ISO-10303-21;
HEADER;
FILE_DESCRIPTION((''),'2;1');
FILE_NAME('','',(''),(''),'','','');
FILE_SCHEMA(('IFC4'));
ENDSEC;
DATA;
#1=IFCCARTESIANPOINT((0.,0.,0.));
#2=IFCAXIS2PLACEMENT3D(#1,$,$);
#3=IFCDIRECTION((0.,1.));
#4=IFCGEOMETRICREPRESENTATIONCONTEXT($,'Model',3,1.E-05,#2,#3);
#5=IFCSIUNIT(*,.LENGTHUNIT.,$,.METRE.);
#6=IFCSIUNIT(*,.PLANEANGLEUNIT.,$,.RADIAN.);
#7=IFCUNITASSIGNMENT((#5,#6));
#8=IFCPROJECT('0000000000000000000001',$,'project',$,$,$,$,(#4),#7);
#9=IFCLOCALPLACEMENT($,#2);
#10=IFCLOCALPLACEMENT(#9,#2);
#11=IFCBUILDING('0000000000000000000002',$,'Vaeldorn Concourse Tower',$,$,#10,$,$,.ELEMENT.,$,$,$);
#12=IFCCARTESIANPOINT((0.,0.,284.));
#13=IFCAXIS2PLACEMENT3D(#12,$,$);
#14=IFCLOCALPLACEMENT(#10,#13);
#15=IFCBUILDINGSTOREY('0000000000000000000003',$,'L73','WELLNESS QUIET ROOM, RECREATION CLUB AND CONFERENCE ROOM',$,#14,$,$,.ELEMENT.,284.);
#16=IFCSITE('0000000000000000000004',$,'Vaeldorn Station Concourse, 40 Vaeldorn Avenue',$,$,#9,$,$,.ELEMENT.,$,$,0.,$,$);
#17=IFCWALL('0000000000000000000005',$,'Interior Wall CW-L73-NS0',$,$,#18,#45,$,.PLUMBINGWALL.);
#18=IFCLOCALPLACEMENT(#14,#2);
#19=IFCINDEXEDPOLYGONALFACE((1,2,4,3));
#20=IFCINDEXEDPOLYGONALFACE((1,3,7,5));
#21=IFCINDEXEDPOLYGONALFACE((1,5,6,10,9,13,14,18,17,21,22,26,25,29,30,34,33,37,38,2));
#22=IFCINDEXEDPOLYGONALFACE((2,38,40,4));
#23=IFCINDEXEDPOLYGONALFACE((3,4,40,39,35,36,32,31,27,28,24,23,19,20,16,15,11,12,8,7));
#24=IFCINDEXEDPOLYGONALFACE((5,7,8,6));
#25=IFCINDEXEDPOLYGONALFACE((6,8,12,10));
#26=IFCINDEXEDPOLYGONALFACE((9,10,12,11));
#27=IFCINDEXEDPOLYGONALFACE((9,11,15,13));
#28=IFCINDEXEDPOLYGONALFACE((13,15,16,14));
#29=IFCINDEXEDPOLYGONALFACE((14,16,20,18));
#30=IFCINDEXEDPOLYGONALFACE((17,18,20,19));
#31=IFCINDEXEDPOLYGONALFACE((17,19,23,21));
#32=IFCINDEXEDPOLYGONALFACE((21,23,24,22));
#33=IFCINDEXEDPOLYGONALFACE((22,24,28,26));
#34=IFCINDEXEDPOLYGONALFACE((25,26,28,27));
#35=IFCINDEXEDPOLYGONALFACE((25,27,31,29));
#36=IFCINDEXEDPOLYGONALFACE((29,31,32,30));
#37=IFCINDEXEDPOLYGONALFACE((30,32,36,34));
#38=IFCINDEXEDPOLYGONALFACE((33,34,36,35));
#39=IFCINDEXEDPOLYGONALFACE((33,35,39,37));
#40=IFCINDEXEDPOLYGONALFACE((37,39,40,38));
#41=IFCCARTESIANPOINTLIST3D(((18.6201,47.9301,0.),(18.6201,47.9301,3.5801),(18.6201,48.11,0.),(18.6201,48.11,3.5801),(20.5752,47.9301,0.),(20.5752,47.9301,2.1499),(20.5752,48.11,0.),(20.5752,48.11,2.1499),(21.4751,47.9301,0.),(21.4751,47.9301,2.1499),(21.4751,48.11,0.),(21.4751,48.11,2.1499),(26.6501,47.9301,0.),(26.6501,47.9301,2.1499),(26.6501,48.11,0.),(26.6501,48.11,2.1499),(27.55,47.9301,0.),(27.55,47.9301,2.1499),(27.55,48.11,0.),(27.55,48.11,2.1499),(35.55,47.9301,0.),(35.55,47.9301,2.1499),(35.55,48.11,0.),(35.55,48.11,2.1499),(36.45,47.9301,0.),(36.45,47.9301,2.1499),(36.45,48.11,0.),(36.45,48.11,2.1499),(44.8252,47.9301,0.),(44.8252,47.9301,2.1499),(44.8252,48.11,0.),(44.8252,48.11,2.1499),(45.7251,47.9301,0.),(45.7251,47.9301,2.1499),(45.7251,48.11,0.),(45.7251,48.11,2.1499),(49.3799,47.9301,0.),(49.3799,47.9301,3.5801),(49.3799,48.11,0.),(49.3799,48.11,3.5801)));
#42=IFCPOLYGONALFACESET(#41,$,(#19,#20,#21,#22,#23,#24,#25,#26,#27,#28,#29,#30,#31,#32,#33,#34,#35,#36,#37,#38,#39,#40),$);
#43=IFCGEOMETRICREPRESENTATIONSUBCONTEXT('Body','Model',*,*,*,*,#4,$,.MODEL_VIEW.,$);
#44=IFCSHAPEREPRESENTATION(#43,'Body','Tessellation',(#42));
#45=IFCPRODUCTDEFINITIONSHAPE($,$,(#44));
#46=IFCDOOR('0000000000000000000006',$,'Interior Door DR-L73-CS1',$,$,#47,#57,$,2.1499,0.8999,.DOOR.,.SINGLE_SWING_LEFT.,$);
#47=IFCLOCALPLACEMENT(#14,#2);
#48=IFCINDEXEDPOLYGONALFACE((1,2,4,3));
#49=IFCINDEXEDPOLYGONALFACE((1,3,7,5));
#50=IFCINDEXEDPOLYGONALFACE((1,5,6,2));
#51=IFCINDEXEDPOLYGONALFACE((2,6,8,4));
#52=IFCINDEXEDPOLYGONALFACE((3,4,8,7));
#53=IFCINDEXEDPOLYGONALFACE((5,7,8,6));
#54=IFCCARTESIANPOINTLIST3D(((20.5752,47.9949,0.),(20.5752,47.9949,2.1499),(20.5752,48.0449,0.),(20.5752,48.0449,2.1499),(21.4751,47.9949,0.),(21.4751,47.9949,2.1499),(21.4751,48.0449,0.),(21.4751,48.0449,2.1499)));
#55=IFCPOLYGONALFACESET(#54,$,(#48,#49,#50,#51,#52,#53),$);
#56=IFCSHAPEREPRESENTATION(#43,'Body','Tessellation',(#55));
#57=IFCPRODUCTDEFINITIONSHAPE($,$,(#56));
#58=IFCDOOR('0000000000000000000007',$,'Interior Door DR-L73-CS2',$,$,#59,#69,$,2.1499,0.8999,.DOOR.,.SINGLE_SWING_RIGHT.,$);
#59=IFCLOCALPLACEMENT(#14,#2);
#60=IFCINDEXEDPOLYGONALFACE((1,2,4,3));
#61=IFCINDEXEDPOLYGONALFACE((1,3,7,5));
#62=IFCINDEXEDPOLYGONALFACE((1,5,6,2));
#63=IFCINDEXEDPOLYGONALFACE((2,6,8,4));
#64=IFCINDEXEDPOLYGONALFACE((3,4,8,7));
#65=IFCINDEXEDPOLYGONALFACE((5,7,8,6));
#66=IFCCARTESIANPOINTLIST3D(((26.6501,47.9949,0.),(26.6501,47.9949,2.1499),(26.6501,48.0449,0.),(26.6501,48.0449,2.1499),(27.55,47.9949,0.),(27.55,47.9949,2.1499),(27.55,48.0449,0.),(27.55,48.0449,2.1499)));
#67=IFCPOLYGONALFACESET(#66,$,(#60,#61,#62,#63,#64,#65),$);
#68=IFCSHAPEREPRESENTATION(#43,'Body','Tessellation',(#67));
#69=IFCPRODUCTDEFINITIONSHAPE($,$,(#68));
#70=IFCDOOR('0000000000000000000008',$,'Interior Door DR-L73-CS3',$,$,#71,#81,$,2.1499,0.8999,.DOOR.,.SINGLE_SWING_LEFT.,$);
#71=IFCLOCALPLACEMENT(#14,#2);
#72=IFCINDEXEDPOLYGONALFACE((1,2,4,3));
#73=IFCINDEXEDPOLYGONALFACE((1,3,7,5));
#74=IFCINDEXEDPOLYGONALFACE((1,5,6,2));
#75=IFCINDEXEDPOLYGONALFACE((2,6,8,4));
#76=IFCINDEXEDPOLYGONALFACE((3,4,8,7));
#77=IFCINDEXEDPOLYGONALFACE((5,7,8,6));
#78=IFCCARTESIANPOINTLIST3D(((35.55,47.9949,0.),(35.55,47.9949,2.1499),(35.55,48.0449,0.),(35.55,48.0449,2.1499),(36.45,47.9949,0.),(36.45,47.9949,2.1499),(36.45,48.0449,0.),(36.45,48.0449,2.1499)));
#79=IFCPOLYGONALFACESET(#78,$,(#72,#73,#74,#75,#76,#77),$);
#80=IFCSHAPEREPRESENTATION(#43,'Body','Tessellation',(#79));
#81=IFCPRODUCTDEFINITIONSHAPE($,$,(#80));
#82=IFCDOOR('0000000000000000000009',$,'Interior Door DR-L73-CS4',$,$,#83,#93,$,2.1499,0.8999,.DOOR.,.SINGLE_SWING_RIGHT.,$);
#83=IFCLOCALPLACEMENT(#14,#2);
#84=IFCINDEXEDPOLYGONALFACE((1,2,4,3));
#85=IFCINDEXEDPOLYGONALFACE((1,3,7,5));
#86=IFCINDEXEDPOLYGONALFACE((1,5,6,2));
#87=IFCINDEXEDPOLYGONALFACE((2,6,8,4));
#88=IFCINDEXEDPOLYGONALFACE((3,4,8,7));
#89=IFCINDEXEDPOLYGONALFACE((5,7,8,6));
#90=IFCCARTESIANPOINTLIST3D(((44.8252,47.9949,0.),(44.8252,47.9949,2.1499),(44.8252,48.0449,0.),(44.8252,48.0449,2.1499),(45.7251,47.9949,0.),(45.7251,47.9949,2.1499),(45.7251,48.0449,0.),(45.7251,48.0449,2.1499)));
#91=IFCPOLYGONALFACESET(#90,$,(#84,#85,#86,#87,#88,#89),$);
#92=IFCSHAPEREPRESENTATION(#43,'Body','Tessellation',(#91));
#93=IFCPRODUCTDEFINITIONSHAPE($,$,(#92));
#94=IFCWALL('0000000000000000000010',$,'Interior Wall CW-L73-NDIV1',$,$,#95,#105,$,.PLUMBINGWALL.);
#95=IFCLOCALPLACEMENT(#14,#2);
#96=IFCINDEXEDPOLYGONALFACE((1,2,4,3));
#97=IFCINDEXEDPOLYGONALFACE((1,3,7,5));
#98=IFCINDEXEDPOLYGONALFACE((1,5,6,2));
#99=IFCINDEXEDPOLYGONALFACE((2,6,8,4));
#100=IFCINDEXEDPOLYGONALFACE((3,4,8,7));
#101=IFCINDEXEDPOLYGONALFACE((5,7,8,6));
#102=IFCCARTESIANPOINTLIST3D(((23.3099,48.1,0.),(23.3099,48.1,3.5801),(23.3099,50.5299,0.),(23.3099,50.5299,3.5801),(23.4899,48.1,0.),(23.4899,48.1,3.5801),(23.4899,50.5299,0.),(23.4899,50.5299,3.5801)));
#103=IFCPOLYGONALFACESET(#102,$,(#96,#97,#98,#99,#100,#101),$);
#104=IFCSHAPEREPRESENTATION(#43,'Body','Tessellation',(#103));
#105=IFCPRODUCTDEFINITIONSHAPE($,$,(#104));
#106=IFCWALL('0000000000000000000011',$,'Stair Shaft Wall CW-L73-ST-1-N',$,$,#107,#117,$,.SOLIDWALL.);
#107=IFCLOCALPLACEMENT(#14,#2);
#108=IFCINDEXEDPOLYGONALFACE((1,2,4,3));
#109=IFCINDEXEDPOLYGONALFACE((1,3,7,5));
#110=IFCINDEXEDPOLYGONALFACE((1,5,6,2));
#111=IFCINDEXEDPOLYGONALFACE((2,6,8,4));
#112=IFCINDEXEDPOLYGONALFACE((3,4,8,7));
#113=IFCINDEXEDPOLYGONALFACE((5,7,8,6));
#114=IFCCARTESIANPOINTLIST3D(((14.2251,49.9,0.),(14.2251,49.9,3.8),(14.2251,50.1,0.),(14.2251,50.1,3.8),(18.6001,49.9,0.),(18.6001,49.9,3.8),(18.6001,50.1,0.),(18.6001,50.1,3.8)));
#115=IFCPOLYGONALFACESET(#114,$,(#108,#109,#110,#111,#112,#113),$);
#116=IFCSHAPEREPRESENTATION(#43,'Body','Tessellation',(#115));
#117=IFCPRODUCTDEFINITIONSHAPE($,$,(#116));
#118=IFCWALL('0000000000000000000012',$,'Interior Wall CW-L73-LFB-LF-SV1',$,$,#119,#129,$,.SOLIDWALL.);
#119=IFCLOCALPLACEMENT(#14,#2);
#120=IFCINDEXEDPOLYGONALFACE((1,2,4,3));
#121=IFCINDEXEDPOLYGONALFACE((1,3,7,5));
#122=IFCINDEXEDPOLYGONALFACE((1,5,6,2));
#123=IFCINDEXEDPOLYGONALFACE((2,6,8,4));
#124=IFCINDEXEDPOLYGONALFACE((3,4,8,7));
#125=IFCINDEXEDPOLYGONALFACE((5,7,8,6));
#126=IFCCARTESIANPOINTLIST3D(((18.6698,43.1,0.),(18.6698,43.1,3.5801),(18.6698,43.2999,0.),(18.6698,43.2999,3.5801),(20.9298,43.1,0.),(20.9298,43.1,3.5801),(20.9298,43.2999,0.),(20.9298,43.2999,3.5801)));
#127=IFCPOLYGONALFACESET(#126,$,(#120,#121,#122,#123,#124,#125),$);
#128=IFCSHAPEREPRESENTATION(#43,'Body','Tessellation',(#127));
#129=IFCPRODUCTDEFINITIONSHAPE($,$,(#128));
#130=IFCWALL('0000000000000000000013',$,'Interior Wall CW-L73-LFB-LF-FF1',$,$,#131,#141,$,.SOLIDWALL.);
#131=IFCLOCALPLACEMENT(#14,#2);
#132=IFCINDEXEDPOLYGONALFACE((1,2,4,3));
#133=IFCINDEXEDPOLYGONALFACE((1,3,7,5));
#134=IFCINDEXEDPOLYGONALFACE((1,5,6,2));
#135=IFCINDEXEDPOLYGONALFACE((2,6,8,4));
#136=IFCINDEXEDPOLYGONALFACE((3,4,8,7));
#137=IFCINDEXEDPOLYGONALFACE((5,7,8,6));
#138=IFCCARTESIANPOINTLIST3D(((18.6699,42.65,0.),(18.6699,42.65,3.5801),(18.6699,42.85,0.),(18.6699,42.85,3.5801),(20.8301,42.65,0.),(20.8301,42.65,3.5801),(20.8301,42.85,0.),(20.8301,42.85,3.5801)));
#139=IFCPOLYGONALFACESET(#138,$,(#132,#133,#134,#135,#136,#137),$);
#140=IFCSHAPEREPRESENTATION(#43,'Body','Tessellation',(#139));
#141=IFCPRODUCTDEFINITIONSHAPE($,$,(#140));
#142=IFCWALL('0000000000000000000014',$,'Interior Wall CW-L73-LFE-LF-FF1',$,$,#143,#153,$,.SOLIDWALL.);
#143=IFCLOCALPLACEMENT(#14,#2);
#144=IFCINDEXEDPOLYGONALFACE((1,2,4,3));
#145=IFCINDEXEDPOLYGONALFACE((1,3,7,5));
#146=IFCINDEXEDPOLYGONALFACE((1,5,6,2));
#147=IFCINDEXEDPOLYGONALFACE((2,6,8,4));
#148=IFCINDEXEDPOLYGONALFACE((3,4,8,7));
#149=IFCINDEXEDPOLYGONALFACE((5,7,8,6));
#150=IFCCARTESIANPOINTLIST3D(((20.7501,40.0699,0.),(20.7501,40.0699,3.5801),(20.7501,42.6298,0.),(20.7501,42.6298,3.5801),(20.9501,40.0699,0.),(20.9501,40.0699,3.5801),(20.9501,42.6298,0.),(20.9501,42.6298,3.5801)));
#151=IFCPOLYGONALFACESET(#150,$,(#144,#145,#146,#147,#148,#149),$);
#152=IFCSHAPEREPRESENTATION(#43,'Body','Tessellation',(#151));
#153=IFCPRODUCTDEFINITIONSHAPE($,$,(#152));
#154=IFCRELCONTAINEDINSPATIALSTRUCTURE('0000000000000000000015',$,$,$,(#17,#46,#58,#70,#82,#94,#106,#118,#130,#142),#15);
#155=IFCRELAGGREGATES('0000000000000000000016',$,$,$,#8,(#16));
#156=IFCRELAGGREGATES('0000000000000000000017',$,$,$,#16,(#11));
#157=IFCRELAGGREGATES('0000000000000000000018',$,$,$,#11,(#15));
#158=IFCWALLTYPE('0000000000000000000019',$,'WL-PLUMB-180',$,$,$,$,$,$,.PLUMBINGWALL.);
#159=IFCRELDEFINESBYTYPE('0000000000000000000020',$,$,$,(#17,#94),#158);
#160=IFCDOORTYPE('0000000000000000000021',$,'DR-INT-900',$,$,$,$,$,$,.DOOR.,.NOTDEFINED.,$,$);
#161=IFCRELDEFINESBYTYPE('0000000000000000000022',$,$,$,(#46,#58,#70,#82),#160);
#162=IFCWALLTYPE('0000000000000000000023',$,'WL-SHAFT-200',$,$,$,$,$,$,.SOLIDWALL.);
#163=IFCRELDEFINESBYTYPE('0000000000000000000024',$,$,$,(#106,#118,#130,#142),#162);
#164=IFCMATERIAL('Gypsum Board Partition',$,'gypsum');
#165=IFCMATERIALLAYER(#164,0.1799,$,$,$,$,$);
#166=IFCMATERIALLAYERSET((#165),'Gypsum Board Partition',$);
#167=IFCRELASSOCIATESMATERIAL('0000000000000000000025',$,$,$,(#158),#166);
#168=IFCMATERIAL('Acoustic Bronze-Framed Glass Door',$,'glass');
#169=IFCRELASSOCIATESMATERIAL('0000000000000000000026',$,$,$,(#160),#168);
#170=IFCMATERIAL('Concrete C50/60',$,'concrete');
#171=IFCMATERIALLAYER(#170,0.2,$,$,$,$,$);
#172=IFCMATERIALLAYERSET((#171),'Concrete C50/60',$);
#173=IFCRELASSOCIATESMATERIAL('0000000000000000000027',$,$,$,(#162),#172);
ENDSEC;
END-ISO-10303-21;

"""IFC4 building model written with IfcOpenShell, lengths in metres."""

from ifc_helpers import new_model, si_unit, direction, frame, frame_2d, origin, place, context, subcontext, project, spatial, rectangle, extrude, source, transform, mapped, material, layer, layer_set, type_object, element, fill, save


model = new_model("IFC4")

# Units and contexts
model_context = context("Model", 3, precision=1e-05, world=origin(), true_north=direction((0.0, 1.0)))
body_context = subcontext(model_context, "Body", "Model", "MODEL_VIEW")
ifc_project = project(units=[si_unit("LENGTHUNIT", "METRE"), si_unit("PLANEANGLEUNIT", "RADIAN")], contexts=[model_context])

# Site, building, storey
site_placement = place(None, origin())
site = spatial("IfcSite", under=ifc_project, at=site_placement, Name="Vaeldorn Station Concourse, 40 Vaeldorn Avenue", CompositionType="ELEMENT", RefElevation=0.0)
building_placement = place(site_placement, origin())
building = spatial("IfcBuilding", under=site, at=building_placement, Name="Vaeldorn Concourse Tower", CompositionType="ELEMENT")
storey_placement = place(building_placement, frame((0.0, 0.0, 284.0)))
storey = spatial("IfcBuildingStorey", under=building, at=storey_placement, Name="L73", Description="WELLNESS QUIET ROOM, RECREATION CLUB AND CONFERENCE ROOM", CompositionType="ELEMENT", Elevation=284.0)

# Shared definitions
ifc_material_1 = material(Name="Concrete C50/60", Category="concrete")
ifc_material_2 = material(Name="Gypsum Board Partition", Category="gypsum")

# Wall, openings, doors
ifc_layer_1 = layer(ifc_material_2, 0.1799)
ifc_layer_set_1 = layer_set([ifc_layer_1], Name="Gypsum Board Partition")
wall_type_1 = type_object("IfcWallType", Name="WL-PLUMB-180", PredefinedType="PLUMBINGWALL", material=ifc_layer_set_1)
wall_1_placement = place(storey_placement, frame((18.6201, 48.02, 0.0), z_axis=(0.0, 0.0, 1.0), x_axis=(1.0, 0.0, 0.0)))
wall_1 = element("IfcWall", 1, at=wall_1_placement, inside=storey, type_object=wall_type_1, Name="Interior Wall CW-L73-NS0", PredefinedType="PLUMBINGWALL", context=body_context, shape_type="SweptSolid", body=[
    extrude(rectangle(XDim=30.7598, YDim=0.1799, at=frame_2d((15.3799, 0.0))), origin(), (0.0, 0.0, 1.0), 3.5801),
])
opening_1_placement = place(wall_1_placement, frame((1.9551, 0.0, 0.0)))
opening_1 = element("IfcOpeningElement", 2, at=opening_1_placement, cuts=wall_1, PredefinedType="OPENING", context=body_context, shape_type="SweptSolid", body=[
    extrude(rectangle(XDim=0.8999, YDim=2.1499, at=frame_2d((0.45, 1.075))), frame((0.0, 0.1001, 0.0), z_axis=(0.0, -1.0, 0.0), x_axis=(1.0, 0.0, 0.0)), (0.0, 0.0, 1.0), 0.2),
])
opening_2_placement = place(wall_1_placement, frame((8.03, 0.0, 0.0)))
opening_2 = element("IfcOpeningElement", 3, at=opening_2_placement, cuts=wall_1, PredefinedType="OPENING", context=body_context, shape_type="SweptSolid", body=[
    extrude(rectangle(XDim=0.8999, YDim=2.1499, at=frame_2d((0.45, 1.075))), frame((0.0, 0.1001, 0.0), z_axis=(0.0, -1.0, 0.0), x_axis=(1.0, 0.0, 0.0)), (0.0, 0.0, 1.0), 0.2),
])
opening_3_placement = place(wall_1_placement, frame((16.9299, 0.0, 0.0)))
opening_3 = element("IfcOpeningElement", 4, at=opening_3_placement, cuts=wall_1, PredefinedType="OPENING", context=body_context, shape_type="SweptSolid", body=[
    extrude(rectangle(XDim=0.8999, YDim=2.1499, at=frame_2d((0.45, 1.075))), frame((0.0, 0.1001, 0.0), z_axis=(0.0, -1.0, 0.0), x_axis=(1.0, 0.0, 0.0)), (0.0, 0.0, 1.0), 0.2),
])
opening_4_placement = place(wall_1_placement, frame((26.2051, 0.0, 0.0)))
opening_4 = element("IfcOpeningElement", 5, at=opening_4_placement, cuts=wall_1, PredefinedType="OPENING", context=body_context, shape_type="SweptSolid", body=[
    extrude(rectangle(XDim=0.8999, YDim=2.1499, at=frame_2d((0.45, 1.075))), frame((0.0, 0.1001, 0.0), z_axis=(0.0, -1.0, 0.0), x_axis=(1.0, 0.0, 0.0)), (0.0, 0.0, 1.0), 0.2),
])
ifc_material_3 = material(Name="Acoustic Bronze-Framed Glass Door", Category="glass")
door_type_1 = type_object("IfcDoorType", Name="DR-INT-900", OperationType="NOTDEFINED", PredefinedType="DOOR", material=ifc_material_3)
shared_shape_1 = source(origin(), body_context, "Body", "SweptSolid", [
    extrude(rectangle(XDim=0.8999, YDim=2.1499, at=frame_2d((0.45, 1.075))), frame((0.0, 0.0249, 0.0), z_axis=(0.0, -1.0, 0.0), x_axis=(1.0, 0.0, 0.0)), (0.0, 0.0, 1.0), 0.05),
])
door_1_placement = place(opening_1_placement, origin())
door_1 = element("IfcDoor", 6, at=door_1_placement, inside=storey, type_object=door_type_1, Name="Interior Door DR-L73-CS1", OperationType="SINGLE_SWING_LEFT", OverallHeight=2.1499, OverallWidth=0.8999, PredefinedType="DOOR", context=body_context, shape_type="MappedRepresentation", body=[
    mapped(shared_shape_1, transform((0.0, 0.0, 0.0), scale=1.0)),
])
fill(opening_1, door_1)
door_2_placement = place(opening_2_placement, origin())
door_2 = element("IfcDoor", 7, at=door_2_placement, inside=storey, type_object=door_type_1, Name="Interior Door DR-L73-CS2", OperationType="SINGLE_SWING_RIGHT", OverallHeight=2.1499, OverallWidth=0.8999, PredefinedType="DOOR", context=body_context, shape_type="MappedRepresentation", body=[
    mapped(shared_shape_1, transform((0.0, 0.0, 0.0), scale=1.0)),
])
fill(opening_2, door_2)
door_3_placement = place(opening_3_placement, origin())
door_3 = element("IfcDoor", 8, at=door_3_placement, inside=storey, type_object=door_type_1, Name="Interior Door DR-L73-CS3", OperationType="SINGLE_SWING_LEFT", OverallHeight=2.1499, OverallWidth=0.8999, PredefinedType="DOOR", context=body_context, shape_type="MappedRepresentation", body=[
    mapped(shared_shape_1, transform((0.0, 0.0, 0.0), scale=1.0)),
])
fill(opening_3, door_3)
door_4_placement = place(opening_4_placement, origin())
door_4 = element("IfcDoor", 9, at=door_4_placement, inside=storey, type_object=door_type_1, Name="Interior Door DR-L73-CS4", OperationType="SINGLE_SWING_RIGHT", OverallHeight=2.1499, OverallWidth=0.8999, PredefinedType="DOOR", context=body_context, shape_type="MappedRepresentation", body=[
    mapped(shared_shape_1, transform((0.0, 0.0, 0.0), scale=1.0)),
])
fill(opening_4, door_4)

# Walls
wall_2_placement = place(storey_placement, frame((23.3999, 48.1001, 0.0), z_axis=(0.0, 0.0, 1.0), x_axis=(0.0, 1.0, 0.0)))
element("IfcWall", 10, at=wall_2_placement, inside=storey, type_object=wall_type_1, Name="Interior Wall CW-L73-NDIV1", PredefinedType="PLUMBINGWALL", context=body_context, shape_type="SweptSolid", body=[
    extrude(rectangle(XDim=2.4299, YDim=0.1799, at=frame_2d((1.2148, 0.0))), origin(), (0.0, 0.0, 1.0), 3.5801),
])
ifc_layer_2 = layer(ifc_material_1, 0.2)
ifc_layer_set_2 = layer_set([ifc_layer_2], Name="Concrete C50/60")
wall_type_2 = type_object("IfcWallType", Name="WL-SHAFT-200", PredefinedType="SOLIDWALL", material=ifc_layer_set_2)
wall_3_placement = place(storey_placement, frame((14.2251, 50.0, 0.0), z_axis=(0.0, 0.0, 1.0), x_axis=(1.0, 0.0, 0.0)))
element("IfcWall", 11, at=wall_3_placement, inside=storey, type_object=wall_type_2, Name="Stair Shaft Wall CW-L73-ST-1-N", PredefinedType="SOLIDWALL", context=body_context, shape_type="SweptSolid", body=[
    extrude(rectangle(XDim=4.375, YDim=0.2, at=frame_2d((2.1875, 0.0))), origin(), (0.0, 0.0, 1.0), 3.8),
])

# Walls
wall_4_placement = place(storey_placement, frame((18.6699, 43.2, 0.0), z_axis=(0.0, 0.0, 1.0), x_axis=(1.0, 0.0, 0.0)))
element("IfcWall", 12, at=wall_4_placement, inside=storey, type_object=wall_type_2, Name="Interior Wall CW-L73-LFB-LF-SV1", PredefinedType="SOLIDWALL", context=body_context, shape_type="SweptSolid", body=[
    extrude(rectangle(XDim=2.26, YDim=0.2, at=frame_2d((1.1299, 0.0))), origin(), (0.0, 0.0, 1.0), 3.5801),
])
wall_5_placement = place(storey_placement, frame((18.6699, 42.75, 0.0), z_axis=(0.0, 0.0, 1.0), x_axis=(1.0, 0.0, 0.0)))
element("IfcWall", 13, at=wall_5_placement, inside=storey, type_object=wall_type_2, Name="Interior Wall CW-L73-LFB-LF-FF1", PredefinedType="SOLIDWALL", context=body_context, shape_type="SweptSolid", body=[
    extrude(rectangle(XDim=2.1602, YDim=0.2, at=frame_2d((1.0801, 0.0))), origin(), (0.0, 0.0, 1.0), 3.5801),
])
wall_6_placement = place(storey_placement, frame((20.8501, 40.0701, 0.0), z_axis=(0.0, 0.0, 1.0), x_axis=(0.0, 1.0, 0.0)))
element("IfcWall", 14, at=wall_6_placement, inside=storey, type_object=wall_type_2, Name="Interior Wall CW-L73-LFE-LF-FF1", PredefinedType="SOLIDWALL", context=body_context, shape_type="SweptSolid", body=[
    extrude(rectangle(XDim=2.5598, YDim=0.2, at=frame_2d((1.2798, 0.0))), origin(), (0.0, 0.0, 1.0), 3.5801),
])

save(model, "model.ifc")
